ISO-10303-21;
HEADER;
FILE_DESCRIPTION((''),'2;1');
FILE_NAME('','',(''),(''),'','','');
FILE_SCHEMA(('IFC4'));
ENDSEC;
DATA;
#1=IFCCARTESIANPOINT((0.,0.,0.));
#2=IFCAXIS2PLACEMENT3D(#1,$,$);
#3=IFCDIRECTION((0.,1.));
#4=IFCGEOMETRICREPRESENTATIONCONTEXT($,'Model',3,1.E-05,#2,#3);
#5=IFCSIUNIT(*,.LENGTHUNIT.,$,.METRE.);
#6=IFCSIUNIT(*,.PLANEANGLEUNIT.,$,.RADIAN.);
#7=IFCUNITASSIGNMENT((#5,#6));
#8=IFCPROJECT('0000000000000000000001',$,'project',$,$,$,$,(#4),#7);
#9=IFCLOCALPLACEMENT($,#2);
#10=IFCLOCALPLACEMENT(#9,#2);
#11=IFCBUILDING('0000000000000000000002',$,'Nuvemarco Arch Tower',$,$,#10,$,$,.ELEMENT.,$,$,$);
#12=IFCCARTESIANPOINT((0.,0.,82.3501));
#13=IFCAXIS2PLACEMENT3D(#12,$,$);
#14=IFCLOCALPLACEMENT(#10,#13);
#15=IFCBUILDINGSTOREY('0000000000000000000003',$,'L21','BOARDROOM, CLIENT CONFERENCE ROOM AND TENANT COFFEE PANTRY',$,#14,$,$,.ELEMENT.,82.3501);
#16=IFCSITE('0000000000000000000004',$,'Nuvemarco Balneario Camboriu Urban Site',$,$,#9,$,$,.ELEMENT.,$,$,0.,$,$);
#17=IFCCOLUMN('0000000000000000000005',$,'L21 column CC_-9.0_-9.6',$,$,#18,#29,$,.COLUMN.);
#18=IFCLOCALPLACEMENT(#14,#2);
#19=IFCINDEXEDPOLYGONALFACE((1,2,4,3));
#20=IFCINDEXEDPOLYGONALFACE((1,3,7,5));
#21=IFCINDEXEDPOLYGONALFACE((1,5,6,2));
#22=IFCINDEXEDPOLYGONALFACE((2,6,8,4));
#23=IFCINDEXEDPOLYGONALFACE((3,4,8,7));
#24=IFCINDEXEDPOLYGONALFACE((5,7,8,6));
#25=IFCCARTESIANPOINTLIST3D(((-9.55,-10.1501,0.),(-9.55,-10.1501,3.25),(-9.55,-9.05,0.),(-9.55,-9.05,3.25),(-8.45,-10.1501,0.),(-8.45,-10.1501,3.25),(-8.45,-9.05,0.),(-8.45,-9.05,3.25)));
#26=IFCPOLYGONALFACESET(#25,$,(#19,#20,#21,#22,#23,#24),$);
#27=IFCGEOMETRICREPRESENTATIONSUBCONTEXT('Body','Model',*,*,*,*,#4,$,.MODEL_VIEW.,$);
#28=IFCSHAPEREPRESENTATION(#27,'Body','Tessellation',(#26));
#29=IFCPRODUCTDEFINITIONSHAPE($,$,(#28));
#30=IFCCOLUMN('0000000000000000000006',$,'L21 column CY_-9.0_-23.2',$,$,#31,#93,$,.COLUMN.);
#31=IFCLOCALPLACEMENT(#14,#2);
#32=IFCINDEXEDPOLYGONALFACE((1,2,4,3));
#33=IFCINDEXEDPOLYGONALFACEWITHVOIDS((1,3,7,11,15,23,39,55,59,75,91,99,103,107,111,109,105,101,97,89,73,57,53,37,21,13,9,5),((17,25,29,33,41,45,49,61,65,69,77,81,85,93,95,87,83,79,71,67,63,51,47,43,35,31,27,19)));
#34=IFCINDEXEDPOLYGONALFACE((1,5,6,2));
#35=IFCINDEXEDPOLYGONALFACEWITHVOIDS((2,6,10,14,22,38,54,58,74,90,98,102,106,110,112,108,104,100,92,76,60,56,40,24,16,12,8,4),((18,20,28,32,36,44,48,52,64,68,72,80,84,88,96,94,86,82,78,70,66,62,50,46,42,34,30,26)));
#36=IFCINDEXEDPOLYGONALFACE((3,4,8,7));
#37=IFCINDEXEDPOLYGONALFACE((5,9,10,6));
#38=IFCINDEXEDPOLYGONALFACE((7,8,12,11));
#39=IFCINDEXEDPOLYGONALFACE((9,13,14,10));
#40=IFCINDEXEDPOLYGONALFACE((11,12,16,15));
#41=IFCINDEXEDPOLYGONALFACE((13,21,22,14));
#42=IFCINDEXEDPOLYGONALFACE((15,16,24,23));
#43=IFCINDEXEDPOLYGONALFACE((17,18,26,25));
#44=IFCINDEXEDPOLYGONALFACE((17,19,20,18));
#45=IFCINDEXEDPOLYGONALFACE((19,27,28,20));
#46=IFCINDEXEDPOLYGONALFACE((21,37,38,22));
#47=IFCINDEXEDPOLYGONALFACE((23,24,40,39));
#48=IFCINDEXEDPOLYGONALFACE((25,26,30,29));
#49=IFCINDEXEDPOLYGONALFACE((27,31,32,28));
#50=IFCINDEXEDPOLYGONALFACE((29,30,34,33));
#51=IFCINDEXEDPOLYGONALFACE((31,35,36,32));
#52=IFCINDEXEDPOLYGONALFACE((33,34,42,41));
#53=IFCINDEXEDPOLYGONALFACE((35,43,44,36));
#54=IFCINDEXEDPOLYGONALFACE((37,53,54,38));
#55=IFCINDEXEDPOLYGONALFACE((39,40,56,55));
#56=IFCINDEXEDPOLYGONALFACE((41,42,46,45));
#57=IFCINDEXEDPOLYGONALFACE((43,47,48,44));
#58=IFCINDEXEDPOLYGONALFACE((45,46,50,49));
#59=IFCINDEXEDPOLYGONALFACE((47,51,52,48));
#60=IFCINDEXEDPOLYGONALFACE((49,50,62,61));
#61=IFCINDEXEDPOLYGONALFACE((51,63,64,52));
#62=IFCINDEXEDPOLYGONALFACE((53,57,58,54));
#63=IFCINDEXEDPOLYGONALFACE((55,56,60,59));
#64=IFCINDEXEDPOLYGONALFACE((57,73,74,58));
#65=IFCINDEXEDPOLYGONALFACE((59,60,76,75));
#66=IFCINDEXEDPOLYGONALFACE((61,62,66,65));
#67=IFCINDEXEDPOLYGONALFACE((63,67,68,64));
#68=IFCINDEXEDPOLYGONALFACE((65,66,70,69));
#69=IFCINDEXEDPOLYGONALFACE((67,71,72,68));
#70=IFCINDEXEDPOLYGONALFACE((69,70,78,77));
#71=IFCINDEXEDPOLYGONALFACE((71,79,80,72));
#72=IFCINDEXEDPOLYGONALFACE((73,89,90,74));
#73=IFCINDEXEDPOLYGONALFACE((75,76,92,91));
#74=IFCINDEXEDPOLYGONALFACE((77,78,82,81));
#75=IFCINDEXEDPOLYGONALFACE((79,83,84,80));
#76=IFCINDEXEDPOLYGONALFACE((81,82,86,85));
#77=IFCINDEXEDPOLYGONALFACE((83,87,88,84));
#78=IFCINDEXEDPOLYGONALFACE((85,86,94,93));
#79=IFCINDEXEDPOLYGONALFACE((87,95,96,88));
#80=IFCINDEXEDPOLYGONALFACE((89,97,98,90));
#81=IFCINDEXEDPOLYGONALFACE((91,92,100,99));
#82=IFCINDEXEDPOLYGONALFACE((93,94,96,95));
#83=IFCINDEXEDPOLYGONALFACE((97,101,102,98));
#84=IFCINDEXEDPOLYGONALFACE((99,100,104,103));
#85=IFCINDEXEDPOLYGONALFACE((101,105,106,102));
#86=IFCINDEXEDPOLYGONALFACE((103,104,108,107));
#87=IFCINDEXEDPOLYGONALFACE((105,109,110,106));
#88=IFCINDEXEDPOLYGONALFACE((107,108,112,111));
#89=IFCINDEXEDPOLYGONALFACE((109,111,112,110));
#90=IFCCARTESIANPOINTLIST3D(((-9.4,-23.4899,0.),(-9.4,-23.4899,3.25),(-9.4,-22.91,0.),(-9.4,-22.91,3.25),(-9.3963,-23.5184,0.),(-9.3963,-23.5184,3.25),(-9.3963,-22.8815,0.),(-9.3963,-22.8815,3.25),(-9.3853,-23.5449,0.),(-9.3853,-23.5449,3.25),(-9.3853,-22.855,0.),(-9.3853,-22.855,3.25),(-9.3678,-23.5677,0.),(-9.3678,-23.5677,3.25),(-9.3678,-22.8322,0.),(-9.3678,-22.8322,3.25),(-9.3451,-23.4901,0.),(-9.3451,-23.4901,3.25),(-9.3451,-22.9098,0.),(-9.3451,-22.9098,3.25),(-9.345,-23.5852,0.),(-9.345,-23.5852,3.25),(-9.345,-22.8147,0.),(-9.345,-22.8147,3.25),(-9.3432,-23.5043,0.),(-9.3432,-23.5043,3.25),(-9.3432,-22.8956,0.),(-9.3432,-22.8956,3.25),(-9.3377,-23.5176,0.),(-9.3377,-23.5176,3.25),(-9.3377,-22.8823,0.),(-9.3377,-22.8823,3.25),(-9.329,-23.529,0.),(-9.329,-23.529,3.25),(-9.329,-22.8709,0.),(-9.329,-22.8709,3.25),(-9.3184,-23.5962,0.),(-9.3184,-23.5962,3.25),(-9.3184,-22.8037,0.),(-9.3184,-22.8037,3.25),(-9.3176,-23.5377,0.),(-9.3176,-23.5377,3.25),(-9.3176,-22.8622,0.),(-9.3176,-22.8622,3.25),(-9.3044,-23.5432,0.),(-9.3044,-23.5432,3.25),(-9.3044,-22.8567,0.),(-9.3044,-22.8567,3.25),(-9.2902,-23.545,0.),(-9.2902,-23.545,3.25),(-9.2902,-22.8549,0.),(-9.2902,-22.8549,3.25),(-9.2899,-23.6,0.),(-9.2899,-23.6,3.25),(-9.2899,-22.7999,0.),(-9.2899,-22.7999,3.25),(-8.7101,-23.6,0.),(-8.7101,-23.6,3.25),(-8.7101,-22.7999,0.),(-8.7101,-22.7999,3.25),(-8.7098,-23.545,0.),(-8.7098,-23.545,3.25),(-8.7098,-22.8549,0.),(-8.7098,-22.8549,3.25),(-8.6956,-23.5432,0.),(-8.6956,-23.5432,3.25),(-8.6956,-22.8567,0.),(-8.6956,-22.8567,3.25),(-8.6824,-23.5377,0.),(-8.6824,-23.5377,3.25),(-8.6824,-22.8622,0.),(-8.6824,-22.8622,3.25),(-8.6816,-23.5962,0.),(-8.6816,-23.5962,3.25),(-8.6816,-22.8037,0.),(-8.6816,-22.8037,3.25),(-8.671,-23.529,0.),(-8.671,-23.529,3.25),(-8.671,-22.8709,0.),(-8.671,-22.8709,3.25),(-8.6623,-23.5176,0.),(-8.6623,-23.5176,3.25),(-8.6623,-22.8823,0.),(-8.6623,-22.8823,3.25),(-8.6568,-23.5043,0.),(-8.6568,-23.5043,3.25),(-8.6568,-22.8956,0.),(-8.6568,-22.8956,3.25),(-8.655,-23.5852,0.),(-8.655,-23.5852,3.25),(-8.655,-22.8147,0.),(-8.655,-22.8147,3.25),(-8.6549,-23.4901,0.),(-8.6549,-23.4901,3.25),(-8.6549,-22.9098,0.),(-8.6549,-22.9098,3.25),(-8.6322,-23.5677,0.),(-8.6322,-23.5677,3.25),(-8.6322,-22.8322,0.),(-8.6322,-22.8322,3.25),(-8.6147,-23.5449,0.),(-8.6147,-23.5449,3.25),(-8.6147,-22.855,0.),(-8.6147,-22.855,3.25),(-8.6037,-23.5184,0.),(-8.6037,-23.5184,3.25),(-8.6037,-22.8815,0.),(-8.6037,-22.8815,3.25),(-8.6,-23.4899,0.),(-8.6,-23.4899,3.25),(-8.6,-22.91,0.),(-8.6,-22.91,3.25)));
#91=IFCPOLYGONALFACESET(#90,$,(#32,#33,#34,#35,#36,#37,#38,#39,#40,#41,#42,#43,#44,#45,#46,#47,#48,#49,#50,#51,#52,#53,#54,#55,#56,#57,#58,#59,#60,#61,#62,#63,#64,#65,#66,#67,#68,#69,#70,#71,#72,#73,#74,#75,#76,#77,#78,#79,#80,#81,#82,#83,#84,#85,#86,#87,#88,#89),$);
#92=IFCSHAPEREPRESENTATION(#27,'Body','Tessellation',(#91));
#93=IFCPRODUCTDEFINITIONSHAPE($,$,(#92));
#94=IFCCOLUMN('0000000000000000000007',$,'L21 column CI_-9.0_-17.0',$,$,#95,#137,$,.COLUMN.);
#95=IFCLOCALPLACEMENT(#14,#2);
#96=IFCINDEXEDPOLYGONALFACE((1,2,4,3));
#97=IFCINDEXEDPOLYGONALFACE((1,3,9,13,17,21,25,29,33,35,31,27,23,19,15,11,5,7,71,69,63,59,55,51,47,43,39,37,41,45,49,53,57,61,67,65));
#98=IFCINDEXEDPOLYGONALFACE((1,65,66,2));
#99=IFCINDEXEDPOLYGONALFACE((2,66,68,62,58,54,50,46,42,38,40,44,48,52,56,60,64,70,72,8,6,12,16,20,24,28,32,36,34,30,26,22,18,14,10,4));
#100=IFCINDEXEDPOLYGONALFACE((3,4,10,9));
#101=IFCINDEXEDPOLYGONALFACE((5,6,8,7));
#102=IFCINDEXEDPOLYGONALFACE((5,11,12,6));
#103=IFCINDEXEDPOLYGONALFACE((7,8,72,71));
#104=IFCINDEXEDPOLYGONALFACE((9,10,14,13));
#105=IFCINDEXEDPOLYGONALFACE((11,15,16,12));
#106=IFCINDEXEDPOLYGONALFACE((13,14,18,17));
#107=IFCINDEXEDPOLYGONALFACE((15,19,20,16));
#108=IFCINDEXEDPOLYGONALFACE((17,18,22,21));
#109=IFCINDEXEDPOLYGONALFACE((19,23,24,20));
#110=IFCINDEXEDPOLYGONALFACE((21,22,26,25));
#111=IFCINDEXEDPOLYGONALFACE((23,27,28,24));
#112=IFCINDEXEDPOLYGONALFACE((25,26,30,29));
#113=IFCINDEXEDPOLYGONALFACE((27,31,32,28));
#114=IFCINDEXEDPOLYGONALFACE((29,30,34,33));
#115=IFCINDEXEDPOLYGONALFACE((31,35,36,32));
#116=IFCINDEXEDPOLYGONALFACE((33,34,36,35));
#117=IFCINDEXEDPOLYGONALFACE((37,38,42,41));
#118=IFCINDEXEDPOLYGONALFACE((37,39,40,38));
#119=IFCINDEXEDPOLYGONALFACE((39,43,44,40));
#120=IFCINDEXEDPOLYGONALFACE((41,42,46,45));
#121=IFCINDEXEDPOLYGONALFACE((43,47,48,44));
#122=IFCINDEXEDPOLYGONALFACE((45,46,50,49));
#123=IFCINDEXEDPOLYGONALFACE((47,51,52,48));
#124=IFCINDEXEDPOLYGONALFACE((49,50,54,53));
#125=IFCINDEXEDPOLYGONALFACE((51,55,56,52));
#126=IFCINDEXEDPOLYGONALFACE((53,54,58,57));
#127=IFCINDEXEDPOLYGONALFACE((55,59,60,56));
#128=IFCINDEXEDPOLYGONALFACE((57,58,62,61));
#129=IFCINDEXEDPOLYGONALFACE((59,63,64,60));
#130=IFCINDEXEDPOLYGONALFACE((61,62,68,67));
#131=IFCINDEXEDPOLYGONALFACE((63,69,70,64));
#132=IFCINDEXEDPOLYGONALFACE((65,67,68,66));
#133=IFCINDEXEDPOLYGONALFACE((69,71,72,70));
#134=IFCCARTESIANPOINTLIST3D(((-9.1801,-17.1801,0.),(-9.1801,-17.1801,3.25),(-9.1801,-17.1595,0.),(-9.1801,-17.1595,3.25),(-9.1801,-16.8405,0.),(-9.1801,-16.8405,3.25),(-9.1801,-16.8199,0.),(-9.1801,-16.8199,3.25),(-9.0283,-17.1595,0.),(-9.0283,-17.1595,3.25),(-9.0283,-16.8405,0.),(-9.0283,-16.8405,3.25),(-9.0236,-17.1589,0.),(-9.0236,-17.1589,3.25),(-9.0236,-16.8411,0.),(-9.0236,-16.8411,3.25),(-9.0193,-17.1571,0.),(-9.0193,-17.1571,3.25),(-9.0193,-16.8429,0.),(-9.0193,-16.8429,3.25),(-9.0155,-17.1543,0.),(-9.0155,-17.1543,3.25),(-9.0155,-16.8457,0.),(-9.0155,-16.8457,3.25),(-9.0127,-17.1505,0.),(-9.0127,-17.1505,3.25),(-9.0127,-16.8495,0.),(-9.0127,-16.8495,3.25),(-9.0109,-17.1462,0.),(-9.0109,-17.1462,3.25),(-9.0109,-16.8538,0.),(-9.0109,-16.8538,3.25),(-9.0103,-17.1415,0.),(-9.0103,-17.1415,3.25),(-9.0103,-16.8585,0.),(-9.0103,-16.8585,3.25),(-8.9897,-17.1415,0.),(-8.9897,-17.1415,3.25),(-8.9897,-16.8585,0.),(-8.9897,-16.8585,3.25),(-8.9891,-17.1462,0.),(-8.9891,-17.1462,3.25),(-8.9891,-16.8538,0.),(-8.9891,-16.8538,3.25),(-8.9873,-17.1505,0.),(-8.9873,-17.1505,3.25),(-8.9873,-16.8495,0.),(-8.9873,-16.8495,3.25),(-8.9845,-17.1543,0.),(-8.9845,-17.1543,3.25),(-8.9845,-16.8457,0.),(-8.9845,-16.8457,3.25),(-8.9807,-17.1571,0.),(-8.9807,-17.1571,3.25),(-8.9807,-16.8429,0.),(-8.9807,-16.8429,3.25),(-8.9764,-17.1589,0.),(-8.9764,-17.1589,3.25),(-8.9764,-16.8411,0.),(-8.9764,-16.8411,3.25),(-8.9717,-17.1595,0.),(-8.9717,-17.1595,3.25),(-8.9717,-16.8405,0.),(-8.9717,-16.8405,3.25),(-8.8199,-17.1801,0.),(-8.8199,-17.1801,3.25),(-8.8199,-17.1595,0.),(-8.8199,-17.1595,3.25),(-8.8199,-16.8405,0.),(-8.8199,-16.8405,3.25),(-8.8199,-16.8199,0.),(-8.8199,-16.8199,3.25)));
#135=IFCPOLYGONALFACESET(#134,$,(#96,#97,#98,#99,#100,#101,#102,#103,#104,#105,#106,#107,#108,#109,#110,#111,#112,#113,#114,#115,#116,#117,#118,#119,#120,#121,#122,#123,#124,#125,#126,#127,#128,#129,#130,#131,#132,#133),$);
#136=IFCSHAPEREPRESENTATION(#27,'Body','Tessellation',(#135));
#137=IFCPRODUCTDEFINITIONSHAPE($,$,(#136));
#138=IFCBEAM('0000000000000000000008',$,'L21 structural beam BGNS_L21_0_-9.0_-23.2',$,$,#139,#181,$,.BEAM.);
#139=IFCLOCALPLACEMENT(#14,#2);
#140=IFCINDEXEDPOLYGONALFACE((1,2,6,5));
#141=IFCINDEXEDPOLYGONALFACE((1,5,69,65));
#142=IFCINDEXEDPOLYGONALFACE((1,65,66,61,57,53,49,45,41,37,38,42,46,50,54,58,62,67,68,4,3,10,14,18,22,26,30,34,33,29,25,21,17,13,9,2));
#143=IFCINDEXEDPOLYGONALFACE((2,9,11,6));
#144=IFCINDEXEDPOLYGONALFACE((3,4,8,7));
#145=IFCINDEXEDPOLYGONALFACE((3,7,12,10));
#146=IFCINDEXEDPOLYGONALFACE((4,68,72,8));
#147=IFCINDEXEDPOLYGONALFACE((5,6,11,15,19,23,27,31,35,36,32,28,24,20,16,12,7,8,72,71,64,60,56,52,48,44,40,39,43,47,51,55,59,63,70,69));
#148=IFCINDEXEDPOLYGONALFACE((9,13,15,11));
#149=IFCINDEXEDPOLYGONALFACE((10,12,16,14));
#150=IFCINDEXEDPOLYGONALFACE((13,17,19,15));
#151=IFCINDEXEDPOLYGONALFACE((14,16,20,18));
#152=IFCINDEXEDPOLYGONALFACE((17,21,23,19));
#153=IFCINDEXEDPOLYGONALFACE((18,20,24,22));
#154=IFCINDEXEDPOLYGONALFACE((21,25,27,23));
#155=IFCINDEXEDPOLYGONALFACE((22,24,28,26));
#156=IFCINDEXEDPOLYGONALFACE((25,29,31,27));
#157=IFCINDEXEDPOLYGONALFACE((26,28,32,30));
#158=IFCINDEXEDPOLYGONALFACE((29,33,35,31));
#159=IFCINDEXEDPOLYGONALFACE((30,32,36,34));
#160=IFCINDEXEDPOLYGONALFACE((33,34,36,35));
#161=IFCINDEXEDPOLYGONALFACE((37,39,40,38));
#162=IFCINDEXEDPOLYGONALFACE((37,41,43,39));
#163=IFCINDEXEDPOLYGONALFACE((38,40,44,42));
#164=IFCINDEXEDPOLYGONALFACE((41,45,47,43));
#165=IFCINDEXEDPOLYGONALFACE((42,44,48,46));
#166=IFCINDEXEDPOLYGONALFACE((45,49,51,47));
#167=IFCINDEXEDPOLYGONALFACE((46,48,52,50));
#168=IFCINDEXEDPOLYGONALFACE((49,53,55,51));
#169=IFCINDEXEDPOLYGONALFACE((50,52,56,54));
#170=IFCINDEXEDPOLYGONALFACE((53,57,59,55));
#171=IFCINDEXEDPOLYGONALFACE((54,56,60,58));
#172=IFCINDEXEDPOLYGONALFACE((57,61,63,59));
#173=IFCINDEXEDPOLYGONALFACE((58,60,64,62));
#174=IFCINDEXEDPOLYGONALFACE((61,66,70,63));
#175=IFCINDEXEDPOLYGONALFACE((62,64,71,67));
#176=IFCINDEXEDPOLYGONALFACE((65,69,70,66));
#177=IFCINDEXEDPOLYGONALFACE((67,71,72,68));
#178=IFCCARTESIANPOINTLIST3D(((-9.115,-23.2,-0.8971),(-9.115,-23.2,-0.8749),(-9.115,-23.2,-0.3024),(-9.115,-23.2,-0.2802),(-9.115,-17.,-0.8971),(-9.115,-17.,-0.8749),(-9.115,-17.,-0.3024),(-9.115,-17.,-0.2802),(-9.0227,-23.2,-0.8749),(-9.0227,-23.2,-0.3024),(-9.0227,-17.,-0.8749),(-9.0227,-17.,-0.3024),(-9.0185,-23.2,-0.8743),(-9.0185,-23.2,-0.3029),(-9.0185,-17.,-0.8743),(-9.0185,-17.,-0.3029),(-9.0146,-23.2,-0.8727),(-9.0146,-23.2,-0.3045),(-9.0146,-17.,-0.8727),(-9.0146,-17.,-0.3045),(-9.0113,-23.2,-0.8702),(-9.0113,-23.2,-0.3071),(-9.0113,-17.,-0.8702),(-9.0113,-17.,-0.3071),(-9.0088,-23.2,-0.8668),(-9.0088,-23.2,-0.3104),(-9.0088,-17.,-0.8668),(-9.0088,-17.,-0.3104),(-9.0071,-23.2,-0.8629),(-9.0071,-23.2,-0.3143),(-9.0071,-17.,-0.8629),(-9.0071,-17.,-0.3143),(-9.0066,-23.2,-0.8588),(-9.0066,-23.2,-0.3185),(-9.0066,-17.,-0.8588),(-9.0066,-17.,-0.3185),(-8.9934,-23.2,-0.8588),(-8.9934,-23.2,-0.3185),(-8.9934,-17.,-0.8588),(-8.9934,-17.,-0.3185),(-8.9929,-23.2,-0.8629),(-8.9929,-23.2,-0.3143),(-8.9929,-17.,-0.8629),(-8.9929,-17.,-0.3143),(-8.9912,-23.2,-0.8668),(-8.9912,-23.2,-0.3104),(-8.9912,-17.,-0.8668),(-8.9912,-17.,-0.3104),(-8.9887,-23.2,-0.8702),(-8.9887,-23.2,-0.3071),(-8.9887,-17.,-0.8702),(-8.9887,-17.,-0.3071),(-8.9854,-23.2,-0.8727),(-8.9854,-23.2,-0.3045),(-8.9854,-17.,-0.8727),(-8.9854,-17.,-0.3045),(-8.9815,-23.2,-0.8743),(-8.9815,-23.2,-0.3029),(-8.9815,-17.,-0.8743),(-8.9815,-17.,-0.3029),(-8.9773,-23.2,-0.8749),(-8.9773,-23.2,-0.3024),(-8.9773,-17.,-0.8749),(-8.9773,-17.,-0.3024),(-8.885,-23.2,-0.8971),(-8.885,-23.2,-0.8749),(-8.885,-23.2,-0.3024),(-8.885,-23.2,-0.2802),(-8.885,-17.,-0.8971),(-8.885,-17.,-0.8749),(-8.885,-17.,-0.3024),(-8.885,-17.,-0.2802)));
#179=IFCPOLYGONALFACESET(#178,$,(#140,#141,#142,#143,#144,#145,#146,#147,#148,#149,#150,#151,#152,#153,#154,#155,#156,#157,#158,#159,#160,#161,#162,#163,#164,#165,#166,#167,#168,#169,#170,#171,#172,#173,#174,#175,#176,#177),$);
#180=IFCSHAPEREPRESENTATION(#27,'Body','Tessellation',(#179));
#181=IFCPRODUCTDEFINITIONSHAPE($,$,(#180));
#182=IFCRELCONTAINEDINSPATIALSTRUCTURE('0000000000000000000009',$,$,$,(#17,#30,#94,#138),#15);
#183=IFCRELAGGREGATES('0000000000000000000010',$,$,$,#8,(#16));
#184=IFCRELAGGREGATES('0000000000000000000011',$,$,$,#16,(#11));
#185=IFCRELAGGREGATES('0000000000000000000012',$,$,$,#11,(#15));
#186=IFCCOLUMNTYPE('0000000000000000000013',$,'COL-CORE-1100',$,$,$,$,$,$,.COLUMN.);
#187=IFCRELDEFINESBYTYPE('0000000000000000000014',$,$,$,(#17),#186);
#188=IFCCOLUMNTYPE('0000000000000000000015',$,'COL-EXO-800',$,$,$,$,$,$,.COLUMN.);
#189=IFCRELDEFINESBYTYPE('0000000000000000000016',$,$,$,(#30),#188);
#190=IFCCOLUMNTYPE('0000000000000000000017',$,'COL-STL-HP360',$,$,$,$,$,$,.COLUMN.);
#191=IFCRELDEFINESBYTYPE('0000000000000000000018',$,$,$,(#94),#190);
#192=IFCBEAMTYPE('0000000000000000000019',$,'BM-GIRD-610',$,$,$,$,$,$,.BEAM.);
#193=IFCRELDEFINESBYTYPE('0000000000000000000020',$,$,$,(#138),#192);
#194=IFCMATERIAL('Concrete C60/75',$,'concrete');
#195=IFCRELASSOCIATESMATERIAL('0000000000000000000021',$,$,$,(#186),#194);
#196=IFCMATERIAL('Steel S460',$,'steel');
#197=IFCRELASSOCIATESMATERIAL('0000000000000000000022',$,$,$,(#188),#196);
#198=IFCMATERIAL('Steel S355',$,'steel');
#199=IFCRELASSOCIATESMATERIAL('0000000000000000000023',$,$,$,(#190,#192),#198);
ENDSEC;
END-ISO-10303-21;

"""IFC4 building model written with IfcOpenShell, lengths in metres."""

from ifc_helpers import new_model, si_unit, direction, frame, origin, origin_2d, place, context, subcontext, project, spatial, rectangle, hollow_rectangle, i_section, extrude, material, material_profile, profile_set, type_object, element, save


model = new_model("IFC4")

# Units and contexts
model_context = context("Model", 3, precision=1e-05, world=origin(), true_north=direction((0.0, 1.0)))
body_context = subcontext(model_context, "Body", "Model", "MODEL_VIEW")
ifc_project = project(units=[si_unit("LENGTHUNIT", "METRE"), si_unit("PLANEANGLEUNIT", "RADIAN")], contexts=[model_context])

# Site, building, storey
site_placement = place(None, origin())
site = spatial("IfcSite", under=ifc_project, at=site_placement, Name="Nuvemarco Balneario Camboriu Urban Site", CompositionType="ELEMENT", RefElevation=0.0)
building_placement = place(site_placement, origin())
building = spatial("IfcBuilding", under=site, at=building_placement, Name="Nuvemarco Arch Tower", CompositionType="ELEMENT")
storey_placement = place(building_placement, frame((0.0, 0.0, 82.3501)))
storey = spatial("IfcBuildingStorey", under=building, at=storey_placement, Name="L21", Description="BOARDROOM, CLIENT CONFERENCE ROOM AND TENANT COFFEE PANTRY", CompositionType="ELEMENT", Elevation=82.3501)

# Columns
ifc_material_1 = material(Name="Concrete C60/75", Category="concrete")
ifc_material_profile_1 = material_profile(ifc_material_1, rectangle(XDim=1.1001, YDim=1.1001, at=origin_2d()), Name="RC-COL-1100x1100")
ifc_profile_set_1 = profile_set([ifc_material_profile_1], Name="Concrete C60/75")
column_type_1 = type_object("IfcColumnType", Name="COL-CORE-1100", PredefinedType="COLUMN", material=ifc_profile_set_1)
column_1_placement = place(storey_placement, frame((-9.0, -9.6001, 0.0), z_axis=(0.0, 0.0, 1.0), x_axis=(1.0, 0.0, 0.0)))
element("IfcColumn", 1, at=column_1_placement, inside=storey, type_object=column_type_1, Name="L21 column CC_-9.0_-9.6", PredefinedType="COLUMN", context=body_context, shape_type="SweptSolid", body=[
    extrude(rectangle(XDim=1.1001, YDim=1.1001, at=origin_2d()), origin(), (0.0, 0.0, 1.0), 3.25),
])
ifc_material_2 = material(Name="Steel S460", Category="steel")
ifc_material_profile_2 = material_profile(ifc_material_2, hollow_rectangle(XDim=0.8, YDim=0.8, WallThickness=0.0549, InnerFilletRadius=0.0549, OuterFilletRadius=0.1101, at=origin_2d()), Name="SHS800x800x55")
ifc_profile_set_2 = profile_set([ifc_material_profile_2], Name="Steel S460")
column_type_2 = type_object("IfcColumnType", Name="COL-EXO-800", PredefinedType="COLUMN", material=ifc_profile_set_2)
column_2_placement = place(storey_placement, frame((-9.0, -23.2, 0.0), z_axis=(0.0, 0.0, 1.0), x_axis=(1.0, 0.0, 0.0)))
element("IfcColumn", 2, at=column_2_placement, inside=storey, type_object=column_type_2, Name="L21 column CY_-9.0_-23.2", PredefinedType="COLUMN", context=body_context, shape_type="SweptSolid", body=[
    extrude(hollow_rectangle(XDim=0.8, YDim=0.8, WallThickness=0.0549, InnerFilletRadius=0.0549, OuterFilletRadius=0.1101, at=origin_2d()), origin(), (0.0, 0.0, 1.0), 3.25),
])
ifc_material_3 = material(Name="Steel S355", Category="steel")
ifc_material_profile_3 = material_profile(ifc_material_3, i_section(OverallWidth=0.3601, OverallDepth=0.3601, WebThickness=0.0205, FlangeThickness=0.0205, FilletRadius=0.0181, at=origin_2d()), Name="HP360x174")
ifc_profile_set_3 = profile_set([ifc_material_profile_3], Name="Steel S355")
column_type_3 = type_object("IfcColumnType", Name="COL-STL-HP360", PredefinedType="COLUMN", material=ifc_profile_set_3)
column_3_placement = place(storey_placement, frame((-9.0, -17.0, 0.0), z_axis=(0.0, 0.0, 1.0), x_axis=(1.0, 0.0, 0.0)))
element("IfcColumn", 3, at=column_3_placement, inside=storey, type_object=column_type_3, Name="L21 column CI_-9.0_-17.0", PredefinedType="COLUMN", context=body_context, shape_type="SweptSolid", body=[
    extrude(i_section(OverallWidth=0.3601, OverallDepth=0.3601, WebThickness=0.0205, FlangeThickness=0.0205, FilletRadius=0.0181, at=origin_2d()), origin(), (0.0, 0.0, 1.0), 3.25),
])

# Beam
ifc_material_profile_4 = material_profile(ifc_material_3, i_section(OverallWidth=0.23, OverallDepth=0.6169, WebThickness=0.0132, FlangeThickness=0.0222, FilletRadius=0.0161, at=origin_2d()), Name="W610x140")
ifc_profile_set_4 = profile_set([ifc_material_profile_4], Name="Steel S355")
beam_type_1 = type_object("IfcBeamType", Name="BM-GIRD-610", PredefinedType="BEAM", material=ifc_profile_set_4)
beam_1_placement = place(storey_placement, frame((-9.0, -23.2, -0.5886), z_axis=(0.0, 1.0, 0.0), x_axis=(-1.0, 0.0, 0.0)))
element("IfcBeam", 4, at=beam_1_placement, inside=storey, type_object=beam_type_1, Name="L21 structural beam BGNS_L21_0_-9.0_-23.2", PredefinedType="BEAM", context=body_context, shape_type="SweptSolid", body=[
    extrude(i_section(OverallWidth=0.23, OverallDepth=0.6169, WebThickness=0.0132, FlangeThickness=0.0222, FilletRadius=0.0161, at=origin_2d()), origin(), (0.0, 0.0, 1.0), 6.2),
])

save(model, "model.ifc")
